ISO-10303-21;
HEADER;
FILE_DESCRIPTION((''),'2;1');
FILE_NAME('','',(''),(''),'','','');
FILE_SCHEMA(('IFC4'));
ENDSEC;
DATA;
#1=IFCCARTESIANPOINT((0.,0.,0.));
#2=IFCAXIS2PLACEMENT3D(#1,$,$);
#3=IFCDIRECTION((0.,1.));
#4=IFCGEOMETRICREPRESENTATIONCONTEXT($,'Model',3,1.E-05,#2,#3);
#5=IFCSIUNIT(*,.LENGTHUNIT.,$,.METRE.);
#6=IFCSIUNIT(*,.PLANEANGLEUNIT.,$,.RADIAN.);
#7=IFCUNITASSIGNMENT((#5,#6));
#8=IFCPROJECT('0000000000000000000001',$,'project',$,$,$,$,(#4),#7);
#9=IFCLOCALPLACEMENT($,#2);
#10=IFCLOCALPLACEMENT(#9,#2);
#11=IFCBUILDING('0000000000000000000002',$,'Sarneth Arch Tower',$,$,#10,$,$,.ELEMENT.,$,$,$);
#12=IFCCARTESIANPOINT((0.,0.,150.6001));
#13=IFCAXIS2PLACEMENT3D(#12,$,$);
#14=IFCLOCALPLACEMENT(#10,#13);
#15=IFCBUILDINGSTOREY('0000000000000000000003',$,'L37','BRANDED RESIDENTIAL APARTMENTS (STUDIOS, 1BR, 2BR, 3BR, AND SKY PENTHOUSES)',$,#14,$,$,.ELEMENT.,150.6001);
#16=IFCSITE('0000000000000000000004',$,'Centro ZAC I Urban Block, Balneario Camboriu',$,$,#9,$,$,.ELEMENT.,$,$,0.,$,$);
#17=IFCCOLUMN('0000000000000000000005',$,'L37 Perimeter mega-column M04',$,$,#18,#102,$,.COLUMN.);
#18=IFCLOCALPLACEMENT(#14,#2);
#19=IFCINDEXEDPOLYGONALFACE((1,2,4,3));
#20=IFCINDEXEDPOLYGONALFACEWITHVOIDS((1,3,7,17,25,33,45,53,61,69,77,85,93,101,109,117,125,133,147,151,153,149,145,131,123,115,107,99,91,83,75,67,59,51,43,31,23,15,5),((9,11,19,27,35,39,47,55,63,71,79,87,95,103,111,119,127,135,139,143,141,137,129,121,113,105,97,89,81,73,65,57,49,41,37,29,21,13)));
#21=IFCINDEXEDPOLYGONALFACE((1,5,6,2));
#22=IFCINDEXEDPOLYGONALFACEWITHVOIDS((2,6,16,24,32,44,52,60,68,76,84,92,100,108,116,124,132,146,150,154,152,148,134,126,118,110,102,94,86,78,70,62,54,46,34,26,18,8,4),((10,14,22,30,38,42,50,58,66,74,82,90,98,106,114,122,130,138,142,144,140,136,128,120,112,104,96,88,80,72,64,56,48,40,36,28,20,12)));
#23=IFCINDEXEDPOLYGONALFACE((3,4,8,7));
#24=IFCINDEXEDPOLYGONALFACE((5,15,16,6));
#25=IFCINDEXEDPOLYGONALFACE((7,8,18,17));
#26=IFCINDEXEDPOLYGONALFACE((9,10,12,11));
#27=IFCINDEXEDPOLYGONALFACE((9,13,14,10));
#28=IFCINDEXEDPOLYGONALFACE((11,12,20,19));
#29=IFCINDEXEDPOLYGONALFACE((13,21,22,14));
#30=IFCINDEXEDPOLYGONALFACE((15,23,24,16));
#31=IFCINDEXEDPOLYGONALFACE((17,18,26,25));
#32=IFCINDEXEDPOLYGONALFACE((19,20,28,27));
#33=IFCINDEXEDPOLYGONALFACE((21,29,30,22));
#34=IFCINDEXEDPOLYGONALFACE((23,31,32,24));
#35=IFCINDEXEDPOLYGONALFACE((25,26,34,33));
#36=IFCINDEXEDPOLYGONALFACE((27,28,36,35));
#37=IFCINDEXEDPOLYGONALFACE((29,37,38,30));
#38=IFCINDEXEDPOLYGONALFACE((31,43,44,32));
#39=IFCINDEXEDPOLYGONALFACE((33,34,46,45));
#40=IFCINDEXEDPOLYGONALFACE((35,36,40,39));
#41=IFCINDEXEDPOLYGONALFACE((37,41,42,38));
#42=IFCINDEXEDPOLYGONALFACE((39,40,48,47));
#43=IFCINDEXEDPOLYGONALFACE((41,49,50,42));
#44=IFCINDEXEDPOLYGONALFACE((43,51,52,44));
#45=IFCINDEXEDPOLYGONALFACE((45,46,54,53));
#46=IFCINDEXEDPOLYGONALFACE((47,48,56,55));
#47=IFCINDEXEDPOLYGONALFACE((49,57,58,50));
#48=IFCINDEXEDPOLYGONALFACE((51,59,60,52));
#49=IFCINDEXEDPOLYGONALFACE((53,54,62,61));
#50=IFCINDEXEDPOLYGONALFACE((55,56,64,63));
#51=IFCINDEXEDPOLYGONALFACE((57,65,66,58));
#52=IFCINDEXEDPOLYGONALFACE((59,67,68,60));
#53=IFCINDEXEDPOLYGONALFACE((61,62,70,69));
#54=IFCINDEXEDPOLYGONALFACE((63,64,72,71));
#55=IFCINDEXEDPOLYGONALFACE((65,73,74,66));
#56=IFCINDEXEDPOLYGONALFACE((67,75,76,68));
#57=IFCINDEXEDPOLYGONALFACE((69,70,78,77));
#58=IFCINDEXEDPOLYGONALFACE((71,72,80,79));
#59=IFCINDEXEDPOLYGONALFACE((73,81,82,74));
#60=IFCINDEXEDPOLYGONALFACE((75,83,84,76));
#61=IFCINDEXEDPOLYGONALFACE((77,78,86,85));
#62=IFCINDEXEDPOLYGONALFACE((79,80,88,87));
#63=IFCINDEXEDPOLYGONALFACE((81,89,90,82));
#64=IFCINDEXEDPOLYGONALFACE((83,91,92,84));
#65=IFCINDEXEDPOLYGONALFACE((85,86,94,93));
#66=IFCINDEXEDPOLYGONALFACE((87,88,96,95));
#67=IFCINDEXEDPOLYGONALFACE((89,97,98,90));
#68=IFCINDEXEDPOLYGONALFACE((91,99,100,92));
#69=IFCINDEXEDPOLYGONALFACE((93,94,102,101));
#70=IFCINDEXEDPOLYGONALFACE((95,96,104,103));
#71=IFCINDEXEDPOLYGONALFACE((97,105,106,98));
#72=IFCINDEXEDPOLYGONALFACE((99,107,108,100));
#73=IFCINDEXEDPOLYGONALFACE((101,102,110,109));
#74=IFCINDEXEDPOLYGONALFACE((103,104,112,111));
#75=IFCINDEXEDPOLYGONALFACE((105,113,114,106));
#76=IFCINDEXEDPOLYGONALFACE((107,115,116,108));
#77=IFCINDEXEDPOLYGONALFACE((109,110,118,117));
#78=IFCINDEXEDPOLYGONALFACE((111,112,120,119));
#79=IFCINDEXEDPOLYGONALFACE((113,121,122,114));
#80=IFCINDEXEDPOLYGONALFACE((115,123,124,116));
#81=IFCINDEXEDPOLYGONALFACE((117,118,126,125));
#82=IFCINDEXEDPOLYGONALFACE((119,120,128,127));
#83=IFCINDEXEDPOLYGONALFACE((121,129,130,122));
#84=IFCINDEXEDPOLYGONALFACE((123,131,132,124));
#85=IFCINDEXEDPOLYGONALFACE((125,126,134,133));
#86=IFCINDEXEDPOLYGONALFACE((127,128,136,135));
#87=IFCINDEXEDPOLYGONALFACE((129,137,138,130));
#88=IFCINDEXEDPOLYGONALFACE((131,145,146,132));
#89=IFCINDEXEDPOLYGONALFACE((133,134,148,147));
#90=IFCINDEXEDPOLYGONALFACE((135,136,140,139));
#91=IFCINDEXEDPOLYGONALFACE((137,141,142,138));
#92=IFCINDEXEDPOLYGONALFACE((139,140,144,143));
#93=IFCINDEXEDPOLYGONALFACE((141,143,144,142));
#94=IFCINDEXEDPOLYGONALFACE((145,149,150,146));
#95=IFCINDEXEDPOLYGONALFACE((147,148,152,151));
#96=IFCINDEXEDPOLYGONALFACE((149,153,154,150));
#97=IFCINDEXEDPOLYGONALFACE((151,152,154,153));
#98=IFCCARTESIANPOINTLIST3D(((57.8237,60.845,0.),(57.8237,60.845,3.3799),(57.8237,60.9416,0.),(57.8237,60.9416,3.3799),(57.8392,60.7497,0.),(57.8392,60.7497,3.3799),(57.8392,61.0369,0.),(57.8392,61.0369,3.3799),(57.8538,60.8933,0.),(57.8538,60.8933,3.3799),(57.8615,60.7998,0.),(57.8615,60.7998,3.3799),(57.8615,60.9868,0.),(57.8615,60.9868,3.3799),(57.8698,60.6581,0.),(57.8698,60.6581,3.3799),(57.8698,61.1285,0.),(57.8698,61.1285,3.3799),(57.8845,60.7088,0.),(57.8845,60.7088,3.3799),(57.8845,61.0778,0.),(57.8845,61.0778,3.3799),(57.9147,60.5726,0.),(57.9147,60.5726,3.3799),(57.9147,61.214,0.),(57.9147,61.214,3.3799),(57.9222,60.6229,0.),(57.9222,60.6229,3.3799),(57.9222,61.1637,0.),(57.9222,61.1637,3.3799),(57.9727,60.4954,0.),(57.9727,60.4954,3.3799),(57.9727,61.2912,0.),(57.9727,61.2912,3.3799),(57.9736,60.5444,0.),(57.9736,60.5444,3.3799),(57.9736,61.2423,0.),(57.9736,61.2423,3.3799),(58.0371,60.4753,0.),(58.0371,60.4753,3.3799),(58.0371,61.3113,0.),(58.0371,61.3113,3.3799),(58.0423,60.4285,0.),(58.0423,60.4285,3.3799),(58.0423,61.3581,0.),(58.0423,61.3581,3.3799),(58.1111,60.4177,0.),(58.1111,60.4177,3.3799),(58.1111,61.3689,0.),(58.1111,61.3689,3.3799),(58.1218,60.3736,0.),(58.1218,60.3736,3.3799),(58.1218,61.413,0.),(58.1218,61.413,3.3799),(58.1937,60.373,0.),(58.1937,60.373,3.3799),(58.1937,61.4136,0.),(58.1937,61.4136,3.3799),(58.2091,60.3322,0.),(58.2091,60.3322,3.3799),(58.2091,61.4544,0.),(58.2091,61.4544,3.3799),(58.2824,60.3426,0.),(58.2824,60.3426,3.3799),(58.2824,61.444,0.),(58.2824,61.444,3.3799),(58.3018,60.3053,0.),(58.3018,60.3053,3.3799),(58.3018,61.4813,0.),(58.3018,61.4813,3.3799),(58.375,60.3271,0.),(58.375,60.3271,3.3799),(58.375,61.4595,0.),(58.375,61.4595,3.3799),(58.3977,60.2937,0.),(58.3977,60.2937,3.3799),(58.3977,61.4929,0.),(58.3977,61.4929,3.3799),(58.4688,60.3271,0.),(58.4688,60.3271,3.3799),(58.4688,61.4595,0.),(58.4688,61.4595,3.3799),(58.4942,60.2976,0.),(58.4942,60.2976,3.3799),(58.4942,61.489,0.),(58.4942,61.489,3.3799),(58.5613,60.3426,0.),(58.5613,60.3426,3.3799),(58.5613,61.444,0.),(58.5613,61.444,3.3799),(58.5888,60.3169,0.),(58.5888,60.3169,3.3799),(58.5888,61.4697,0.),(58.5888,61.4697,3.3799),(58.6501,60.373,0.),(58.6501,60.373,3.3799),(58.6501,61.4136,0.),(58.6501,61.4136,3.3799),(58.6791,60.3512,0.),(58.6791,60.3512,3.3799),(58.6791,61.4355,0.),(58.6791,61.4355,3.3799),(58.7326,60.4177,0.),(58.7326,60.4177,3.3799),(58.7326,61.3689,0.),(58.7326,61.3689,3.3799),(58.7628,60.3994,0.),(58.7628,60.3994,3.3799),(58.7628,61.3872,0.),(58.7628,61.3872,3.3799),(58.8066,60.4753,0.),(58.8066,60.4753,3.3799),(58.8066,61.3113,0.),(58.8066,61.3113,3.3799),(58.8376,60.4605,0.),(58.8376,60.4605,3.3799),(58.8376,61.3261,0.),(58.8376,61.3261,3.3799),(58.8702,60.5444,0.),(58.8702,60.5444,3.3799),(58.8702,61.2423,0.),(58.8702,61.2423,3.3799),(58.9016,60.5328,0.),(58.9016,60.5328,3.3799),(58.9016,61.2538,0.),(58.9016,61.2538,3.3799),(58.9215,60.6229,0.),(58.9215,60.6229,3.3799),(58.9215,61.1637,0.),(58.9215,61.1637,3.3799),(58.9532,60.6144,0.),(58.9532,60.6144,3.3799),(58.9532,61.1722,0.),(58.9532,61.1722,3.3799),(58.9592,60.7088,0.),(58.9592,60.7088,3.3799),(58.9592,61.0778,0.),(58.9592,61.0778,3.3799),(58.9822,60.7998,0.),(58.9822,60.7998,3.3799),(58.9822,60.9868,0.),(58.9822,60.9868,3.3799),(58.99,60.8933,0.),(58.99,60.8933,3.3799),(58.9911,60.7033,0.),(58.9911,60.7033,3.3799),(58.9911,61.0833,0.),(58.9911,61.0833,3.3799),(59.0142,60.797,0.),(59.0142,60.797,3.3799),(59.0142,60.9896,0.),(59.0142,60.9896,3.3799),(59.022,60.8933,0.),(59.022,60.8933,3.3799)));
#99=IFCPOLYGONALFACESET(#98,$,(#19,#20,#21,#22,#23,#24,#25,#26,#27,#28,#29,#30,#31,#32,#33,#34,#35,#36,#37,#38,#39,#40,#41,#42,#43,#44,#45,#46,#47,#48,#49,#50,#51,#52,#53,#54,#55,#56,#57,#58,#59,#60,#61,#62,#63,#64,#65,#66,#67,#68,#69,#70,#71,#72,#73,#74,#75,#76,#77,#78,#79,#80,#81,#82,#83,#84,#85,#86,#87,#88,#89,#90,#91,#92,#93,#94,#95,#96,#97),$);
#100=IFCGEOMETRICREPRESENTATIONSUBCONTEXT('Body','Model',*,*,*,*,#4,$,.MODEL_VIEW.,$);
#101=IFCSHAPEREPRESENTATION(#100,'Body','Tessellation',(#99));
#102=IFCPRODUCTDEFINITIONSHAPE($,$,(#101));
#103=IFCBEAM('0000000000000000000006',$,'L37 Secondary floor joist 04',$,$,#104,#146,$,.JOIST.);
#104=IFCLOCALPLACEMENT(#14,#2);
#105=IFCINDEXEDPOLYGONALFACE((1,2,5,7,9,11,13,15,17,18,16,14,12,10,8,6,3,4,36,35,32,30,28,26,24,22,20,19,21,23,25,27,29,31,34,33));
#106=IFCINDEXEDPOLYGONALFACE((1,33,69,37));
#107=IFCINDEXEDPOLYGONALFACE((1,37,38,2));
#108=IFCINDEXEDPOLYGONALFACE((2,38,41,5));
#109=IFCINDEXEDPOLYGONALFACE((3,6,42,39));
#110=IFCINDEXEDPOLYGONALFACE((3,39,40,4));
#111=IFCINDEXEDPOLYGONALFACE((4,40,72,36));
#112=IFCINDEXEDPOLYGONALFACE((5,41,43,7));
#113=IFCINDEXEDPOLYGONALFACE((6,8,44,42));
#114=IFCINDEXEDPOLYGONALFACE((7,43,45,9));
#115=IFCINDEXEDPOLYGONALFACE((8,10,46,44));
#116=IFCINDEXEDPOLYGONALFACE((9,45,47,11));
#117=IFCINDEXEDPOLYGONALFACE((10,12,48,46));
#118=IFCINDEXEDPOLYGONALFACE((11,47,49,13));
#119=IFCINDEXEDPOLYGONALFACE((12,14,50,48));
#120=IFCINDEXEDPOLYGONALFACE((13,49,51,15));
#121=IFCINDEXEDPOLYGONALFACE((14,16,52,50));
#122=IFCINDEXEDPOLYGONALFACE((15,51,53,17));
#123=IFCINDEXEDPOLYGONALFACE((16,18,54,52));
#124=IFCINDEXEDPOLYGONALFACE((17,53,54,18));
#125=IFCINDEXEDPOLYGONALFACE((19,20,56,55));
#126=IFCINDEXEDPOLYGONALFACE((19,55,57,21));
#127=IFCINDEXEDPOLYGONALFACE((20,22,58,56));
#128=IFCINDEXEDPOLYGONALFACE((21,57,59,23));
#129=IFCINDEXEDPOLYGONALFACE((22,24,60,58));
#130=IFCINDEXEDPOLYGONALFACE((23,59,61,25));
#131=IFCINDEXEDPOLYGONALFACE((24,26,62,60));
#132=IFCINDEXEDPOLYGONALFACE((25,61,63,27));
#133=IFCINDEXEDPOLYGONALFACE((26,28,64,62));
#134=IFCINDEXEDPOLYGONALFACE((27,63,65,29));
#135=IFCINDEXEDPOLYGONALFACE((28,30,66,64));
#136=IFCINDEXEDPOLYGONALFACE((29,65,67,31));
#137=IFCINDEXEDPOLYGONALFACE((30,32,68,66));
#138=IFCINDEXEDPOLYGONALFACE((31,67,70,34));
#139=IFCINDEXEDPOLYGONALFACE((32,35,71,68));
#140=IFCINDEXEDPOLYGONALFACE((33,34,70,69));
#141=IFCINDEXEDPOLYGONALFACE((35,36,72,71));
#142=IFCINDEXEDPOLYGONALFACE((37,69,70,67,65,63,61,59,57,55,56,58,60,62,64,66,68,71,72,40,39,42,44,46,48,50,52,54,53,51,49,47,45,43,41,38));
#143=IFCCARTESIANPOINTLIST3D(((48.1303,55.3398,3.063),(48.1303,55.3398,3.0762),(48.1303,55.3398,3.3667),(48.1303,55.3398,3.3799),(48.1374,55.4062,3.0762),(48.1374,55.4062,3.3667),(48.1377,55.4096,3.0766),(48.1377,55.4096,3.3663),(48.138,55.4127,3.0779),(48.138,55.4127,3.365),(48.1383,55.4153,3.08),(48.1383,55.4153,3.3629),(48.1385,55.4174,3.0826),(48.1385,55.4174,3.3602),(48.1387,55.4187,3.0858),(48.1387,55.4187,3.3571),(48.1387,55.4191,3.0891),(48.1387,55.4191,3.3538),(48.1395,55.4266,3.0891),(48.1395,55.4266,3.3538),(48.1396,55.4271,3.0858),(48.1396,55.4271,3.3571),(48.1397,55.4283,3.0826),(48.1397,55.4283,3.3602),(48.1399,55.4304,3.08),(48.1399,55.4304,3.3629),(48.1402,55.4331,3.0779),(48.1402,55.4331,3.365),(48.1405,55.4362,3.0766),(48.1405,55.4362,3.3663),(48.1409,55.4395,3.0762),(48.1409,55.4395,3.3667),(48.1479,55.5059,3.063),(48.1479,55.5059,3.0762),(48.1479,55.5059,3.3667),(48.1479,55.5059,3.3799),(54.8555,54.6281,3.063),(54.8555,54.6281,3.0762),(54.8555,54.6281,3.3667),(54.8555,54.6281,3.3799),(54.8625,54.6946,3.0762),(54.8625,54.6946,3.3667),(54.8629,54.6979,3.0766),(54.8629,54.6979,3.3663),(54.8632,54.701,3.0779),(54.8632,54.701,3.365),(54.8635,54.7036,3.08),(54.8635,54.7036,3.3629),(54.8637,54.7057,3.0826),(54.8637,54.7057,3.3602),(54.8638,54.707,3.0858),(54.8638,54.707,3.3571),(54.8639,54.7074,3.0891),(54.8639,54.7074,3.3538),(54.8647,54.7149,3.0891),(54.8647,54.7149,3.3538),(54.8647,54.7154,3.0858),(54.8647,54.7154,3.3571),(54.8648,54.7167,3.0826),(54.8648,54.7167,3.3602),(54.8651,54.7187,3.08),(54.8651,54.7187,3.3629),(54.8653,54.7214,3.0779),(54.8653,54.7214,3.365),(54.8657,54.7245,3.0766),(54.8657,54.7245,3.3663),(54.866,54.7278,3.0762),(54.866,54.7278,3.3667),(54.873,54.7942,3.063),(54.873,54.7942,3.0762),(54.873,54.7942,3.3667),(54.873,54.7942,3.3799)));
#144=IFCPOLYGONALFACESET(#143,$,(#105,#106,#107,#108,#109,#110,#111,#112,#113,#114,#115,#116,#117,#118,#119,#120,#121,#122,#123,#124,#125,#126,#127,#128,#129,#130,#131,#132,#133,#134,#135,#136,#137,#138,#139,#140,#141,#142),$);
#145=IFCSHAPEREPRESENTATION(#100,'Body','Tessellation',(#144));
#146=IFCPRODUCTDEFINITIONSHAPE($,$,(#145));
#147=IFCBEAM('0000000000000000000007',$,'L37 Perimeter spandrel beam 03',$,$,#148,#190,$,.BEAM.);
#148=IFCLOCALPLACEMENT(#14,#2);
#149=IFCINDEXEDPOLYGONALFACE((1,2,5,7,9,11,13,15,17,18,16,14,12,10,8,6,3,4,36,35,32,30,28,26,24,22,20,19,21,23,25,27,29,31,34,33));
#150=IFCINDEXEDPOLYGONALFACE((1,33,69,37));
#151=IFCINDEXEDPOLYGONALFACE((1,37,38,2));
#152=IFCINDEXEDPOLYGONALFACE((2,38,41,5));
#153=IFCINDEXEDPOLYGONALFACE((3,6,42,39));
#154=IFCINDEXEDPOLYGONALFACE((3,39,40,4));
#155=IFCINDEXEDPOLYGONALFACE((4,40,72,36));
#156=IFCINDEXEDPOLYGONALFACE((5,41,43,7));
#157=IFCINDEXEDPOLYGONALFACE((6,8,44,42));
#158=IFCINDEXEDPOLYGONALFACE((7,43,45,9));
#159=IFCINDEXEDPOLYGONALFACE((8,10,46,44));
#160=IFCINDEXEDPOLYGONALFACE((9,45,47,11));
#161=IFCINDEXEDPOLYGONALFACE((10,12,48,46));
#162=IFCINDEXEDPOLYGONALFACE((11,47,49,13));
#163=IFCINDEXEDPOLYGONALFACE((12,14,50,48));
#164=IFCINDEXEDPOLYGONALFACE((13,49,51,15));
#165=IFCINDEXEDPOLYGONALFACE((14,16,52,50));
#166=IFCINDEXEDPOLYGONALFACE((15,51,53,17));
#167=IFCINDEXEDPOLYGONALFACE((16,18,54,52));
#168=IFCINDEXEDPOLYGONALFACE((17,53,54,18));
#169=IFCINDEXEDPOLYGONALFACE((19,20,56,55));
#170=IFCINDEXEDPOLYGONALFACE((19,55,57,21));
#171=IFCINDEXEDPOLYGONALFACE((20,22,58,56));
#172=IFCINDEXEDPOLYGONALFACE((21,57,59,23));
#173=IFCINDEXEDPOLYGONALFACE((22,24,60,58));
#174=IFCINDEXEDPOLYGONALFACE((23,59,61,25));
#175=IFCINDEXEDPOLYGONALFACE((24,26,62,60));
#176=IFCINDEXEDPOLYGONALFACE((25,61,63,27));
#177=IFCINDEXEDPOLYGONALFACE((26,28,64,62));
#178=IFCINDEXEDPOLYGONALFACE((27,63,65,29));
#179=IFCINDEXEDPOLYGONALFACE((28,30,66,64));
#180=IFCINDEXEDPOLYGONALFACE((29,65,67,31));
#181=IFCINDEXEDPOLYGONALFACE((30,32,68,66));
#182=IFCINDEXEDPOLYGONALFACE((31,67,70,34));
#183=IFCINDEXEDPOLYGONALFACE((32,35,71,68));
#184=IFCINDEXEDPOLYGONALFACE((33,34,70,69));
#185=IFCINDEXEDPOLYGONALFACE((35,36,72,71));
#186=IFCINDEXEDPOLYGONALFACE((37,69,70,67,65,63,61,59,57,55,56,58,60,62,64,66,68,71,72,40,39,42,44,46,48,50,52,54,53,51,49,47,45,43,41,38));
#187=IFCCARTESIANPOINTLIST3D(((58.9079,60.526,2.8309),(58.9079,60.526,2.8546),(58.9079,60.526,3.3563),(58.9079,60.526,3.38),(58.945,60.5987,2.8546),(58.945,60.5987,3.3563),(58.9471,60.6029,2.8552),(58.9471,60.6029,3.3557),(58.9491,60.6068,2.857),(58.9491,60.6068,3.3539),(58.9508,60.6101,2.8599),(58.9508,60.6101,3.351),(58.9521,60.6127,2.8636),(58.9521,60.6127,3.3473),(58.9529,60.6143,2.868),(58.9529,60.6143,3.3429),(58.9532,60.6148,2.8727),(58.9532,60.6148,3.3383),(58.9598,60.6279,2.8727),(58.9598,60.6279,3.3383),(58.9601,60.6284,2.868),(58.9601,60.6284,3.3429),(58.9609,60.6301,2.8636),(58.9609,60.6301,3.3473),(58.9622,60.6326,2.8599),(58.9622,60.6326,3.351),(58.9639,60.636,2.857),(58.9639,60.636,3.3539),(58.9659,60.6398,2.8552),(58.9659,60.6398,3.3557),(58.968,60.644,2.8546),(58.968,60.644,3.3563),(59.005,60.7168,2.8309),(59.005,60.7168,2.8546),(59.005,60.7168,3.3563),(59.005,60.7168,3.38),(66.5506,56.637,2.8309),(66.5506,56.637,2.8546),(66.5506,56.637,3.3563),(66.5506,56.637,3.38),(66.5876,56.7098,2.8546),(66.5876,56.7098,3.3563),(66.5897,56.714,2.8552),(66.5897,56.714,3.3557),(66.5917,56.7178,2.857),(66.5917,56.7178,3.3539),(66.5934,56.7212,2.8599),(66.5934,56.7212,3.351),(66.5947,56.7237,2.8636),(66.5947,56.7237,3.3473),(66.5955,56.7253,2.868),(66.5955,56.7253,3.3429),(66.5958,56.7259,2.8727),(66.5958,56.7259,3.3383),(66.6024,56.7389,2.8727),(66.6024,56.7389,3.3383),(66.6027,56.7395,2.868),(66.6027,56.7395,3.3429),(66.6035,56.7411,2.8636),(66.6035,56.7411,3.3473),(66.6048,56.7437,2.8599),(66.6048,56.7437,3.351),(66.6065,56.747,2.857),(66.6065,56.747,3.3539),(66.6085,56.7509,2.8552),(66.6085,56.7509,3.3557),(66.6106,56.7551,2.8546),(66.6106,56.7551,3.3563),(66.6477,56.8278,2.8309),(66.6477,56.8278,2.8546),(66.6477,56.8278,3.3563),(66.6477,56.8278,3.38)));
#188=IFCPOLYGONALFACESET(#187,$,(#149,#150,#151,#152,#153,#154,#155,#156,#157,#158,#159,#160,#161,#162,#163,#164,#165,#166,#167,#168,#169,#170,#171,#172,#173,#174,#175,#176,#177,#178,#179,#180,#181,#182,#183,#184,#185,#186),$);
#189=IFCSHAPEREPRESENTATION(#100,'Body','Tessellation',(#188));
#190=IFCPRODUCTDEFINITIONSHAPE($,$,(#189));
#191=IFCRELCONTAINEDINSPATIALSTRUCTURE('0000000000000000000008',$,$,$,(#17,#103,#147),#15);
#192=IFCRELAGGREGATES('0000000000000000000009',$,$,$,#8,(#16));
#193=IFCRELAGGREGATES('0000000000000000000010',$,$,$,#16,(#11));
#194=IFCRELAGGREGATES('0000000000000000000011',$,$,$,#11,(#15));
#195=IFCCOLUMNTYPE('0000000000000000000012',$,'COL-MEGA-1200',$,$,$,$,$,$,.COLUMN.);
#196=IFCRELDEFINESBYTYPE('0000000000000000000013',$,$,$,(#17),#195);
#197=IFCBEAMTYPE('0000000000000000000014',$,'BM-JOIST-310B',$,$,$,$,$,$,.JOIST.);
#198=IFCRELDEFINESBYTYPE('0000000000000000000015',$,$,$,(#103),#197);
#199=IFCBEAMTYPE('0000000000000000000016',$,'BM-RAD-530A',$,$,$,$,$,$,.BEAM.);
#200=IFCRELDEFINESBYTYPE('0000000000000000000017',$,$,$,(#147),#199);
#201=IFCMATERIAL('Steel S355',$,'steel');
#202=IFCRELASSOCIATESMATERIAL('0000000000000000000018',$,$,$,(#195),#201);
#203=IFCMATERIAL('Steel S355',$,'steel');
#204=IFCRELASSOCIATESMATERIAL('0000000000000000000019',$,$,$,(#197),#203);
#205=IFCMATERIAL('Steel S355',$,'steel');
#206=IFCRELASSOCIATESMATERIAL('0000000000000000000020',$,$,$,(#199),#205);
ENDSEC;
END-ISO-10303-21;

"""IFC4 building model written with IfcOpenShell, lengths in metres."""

from ifc_helpers import new_model, si_unit, direction, frame, origin, origin_2d, place, context, subcontext, project, spatial, hollow_circle, i_section, extrude, material, material_profile, profile_set, type_object, element, save


model = new_model("IFC4")

# Units and contexts
model_context = context("Model", 3, precision=1e-05, world=origin(), true_north=direction((0.0, 1.0)))
body_context = subcontext(model_context, "Body", "Model", "MODEL_VIEW")
ifc_project = project(units=[si_unit("LENGTHUNIT", "METRE"), si_unit("PLANEANGLEUNIT", "RADIAN")], contexts=[model_context])

# Site, building, storey
site_placement = place(None, origin())
site = spatial("IfcSite", under=ifc_project, at=site_placement, Name="Centro ZAC I Urban Block, Balneario Camboriu", CompositionType="ELEMENT", RefElevation=0.0)
building_placement = place(site_placement, origin())
building = spatial("IfcBuilding", under=site, at=building_placement, Name="Sarneth Arch Tower", CompositionType="ELEMENT")
storey_placement = place(building_placement, frame((0.0, 0.0, 150.6001)))
storey = spatial("IfcBuildingStorey", under=building, at=storey_placement, Name="L37", Description="BRANDED RESIDENTIAL APARTMENTS (STUDIOS, 1BR, 2BR, 3BR, AND SKY PENTHOUSES)", CompositionType="ELEMENT", Elevation=150.6001)

# Column
ifc_material_1 = material(Name="Steel S355", Category="steel")
ifc_material_profile_1 = material_profile(ifc_material_1, hollow_circle(Radius=0.6001, WallThickness=0.032, at=origin_2d()), Name="CHS1200x32")
ifc_profile_set_1 = profile_set([ifc_material_profile_1], Name="Steel S355")
column_type = type_object("IfcColumnType", Name="COL-MEGA-1200", PredefinedType="COLUMN", material=ifc_profile_set_1)
column_placement = place(storey_placement, frame((58.4219, 60.8933, 0.0), z_axis=(0.0, 0.0, 1.0), x_axis=(1.0, 0.0, 0.0)))
element("IfcColumn", 1, at=column_placement, inside=storey, type_object=column_type, Name="L37 Perimeter mega-column M04", PredefinedType="COLUMN", context=body_context, shape_type="SweptSolid", body=[
    extrude(hollow_circle(Radius=0.6001, WallThickness=0.032, at=origin_2d()), origin(), (0.0, 0.0, 1.0), 3.3799),
])

# Beams
ifc_material_2 = material(Name="Steel S355", Category="steel")
ifc_material_profile_2 = material_profile(ifc_material_2, i_section(OverallWidth=0.167, OverallDepth=0.3169, WebThickness=0.0076, FlangeThickness=0.0132, FilletRadius=0.0129, at=origin_2d()), Name="W310x52")
ifc_profile_set_2 = profile_set([ifc_material_profile_2], Name="Steel S355")
beam_type_1 = type_object("IfcBeamType", Name="BM-JOIST-310B", PredefinedType="JOIST", material=ifc_profile_set_2)
beam_1_placement = place(storey_placement, frame((54.8643, 54.7112, 3.2214), z_axis=(-0.994447, 0.105235, 0.0), x_axis=(-0.105235, -0.994447, 0.0)))
element("IfcBeam", 2, at=beam_1_placement, inside=storey, type_object=beam_type_1, Name="L37 Secondary floor joist 04", PredefinedType="JOIST", context=body_context, shape_type="SweptSolid", body=[
    extrude(i_section(OverallWidth=0.167, OverallDepth=0.3169, WebThickness=0.0076, FlangeThickness=0.0132, FilletRadius=0.0129, at=origin_2d()), origin(), (0.0, 0.0, 1.0), 6.7627),
])
ifc_material_3 = material(Name="Steel S355", Category="steel")
ifc_material_profile_3 = material_profile(ifc_material_3, i_section(OverallWidth=0.2141, OverallDepth=0.5491, WebThickness=0.0146, FlangeThickness=0.0237, FilletRadius=0.0181, at=origin_2d()), Name="W530x138")
ifc_profile_set_3 = profile_set([ifc_material_profile_3], Name="Steel S355")
beam_type_2 = type_object("IfcBeamType", Name="BM-RAD-530A", PredefinedType="BEAM", material=ifc_profile_set_3)
beam_2_placement = place(storey_placement, frame((66.5991, 56.7324, 3.1055), z_axis=(-0.89125, 0.453512, 0.0), x_axis=(-0.453512, -0.89125, 0.0)))
element("IfcBeam", 3, at=beam_2_placement, inside=storey, type_object=beam_type_2, Name="L37 Perimeter spandrel beam 03", PredefinedType="BEAM", context=body_context, shape_type="SweptSolid", body=[
    extrude(i_section(OverallWidth=0.2141, OverallDepth=0.5491, WebThickness=0.0146, FlangeThickness=0.0237, FilletRadius=0.0181, at=origin_2d()), origin(), (0.0, 0.0, 1.0), 8.5752),
])

save(model, "model.ifc")
